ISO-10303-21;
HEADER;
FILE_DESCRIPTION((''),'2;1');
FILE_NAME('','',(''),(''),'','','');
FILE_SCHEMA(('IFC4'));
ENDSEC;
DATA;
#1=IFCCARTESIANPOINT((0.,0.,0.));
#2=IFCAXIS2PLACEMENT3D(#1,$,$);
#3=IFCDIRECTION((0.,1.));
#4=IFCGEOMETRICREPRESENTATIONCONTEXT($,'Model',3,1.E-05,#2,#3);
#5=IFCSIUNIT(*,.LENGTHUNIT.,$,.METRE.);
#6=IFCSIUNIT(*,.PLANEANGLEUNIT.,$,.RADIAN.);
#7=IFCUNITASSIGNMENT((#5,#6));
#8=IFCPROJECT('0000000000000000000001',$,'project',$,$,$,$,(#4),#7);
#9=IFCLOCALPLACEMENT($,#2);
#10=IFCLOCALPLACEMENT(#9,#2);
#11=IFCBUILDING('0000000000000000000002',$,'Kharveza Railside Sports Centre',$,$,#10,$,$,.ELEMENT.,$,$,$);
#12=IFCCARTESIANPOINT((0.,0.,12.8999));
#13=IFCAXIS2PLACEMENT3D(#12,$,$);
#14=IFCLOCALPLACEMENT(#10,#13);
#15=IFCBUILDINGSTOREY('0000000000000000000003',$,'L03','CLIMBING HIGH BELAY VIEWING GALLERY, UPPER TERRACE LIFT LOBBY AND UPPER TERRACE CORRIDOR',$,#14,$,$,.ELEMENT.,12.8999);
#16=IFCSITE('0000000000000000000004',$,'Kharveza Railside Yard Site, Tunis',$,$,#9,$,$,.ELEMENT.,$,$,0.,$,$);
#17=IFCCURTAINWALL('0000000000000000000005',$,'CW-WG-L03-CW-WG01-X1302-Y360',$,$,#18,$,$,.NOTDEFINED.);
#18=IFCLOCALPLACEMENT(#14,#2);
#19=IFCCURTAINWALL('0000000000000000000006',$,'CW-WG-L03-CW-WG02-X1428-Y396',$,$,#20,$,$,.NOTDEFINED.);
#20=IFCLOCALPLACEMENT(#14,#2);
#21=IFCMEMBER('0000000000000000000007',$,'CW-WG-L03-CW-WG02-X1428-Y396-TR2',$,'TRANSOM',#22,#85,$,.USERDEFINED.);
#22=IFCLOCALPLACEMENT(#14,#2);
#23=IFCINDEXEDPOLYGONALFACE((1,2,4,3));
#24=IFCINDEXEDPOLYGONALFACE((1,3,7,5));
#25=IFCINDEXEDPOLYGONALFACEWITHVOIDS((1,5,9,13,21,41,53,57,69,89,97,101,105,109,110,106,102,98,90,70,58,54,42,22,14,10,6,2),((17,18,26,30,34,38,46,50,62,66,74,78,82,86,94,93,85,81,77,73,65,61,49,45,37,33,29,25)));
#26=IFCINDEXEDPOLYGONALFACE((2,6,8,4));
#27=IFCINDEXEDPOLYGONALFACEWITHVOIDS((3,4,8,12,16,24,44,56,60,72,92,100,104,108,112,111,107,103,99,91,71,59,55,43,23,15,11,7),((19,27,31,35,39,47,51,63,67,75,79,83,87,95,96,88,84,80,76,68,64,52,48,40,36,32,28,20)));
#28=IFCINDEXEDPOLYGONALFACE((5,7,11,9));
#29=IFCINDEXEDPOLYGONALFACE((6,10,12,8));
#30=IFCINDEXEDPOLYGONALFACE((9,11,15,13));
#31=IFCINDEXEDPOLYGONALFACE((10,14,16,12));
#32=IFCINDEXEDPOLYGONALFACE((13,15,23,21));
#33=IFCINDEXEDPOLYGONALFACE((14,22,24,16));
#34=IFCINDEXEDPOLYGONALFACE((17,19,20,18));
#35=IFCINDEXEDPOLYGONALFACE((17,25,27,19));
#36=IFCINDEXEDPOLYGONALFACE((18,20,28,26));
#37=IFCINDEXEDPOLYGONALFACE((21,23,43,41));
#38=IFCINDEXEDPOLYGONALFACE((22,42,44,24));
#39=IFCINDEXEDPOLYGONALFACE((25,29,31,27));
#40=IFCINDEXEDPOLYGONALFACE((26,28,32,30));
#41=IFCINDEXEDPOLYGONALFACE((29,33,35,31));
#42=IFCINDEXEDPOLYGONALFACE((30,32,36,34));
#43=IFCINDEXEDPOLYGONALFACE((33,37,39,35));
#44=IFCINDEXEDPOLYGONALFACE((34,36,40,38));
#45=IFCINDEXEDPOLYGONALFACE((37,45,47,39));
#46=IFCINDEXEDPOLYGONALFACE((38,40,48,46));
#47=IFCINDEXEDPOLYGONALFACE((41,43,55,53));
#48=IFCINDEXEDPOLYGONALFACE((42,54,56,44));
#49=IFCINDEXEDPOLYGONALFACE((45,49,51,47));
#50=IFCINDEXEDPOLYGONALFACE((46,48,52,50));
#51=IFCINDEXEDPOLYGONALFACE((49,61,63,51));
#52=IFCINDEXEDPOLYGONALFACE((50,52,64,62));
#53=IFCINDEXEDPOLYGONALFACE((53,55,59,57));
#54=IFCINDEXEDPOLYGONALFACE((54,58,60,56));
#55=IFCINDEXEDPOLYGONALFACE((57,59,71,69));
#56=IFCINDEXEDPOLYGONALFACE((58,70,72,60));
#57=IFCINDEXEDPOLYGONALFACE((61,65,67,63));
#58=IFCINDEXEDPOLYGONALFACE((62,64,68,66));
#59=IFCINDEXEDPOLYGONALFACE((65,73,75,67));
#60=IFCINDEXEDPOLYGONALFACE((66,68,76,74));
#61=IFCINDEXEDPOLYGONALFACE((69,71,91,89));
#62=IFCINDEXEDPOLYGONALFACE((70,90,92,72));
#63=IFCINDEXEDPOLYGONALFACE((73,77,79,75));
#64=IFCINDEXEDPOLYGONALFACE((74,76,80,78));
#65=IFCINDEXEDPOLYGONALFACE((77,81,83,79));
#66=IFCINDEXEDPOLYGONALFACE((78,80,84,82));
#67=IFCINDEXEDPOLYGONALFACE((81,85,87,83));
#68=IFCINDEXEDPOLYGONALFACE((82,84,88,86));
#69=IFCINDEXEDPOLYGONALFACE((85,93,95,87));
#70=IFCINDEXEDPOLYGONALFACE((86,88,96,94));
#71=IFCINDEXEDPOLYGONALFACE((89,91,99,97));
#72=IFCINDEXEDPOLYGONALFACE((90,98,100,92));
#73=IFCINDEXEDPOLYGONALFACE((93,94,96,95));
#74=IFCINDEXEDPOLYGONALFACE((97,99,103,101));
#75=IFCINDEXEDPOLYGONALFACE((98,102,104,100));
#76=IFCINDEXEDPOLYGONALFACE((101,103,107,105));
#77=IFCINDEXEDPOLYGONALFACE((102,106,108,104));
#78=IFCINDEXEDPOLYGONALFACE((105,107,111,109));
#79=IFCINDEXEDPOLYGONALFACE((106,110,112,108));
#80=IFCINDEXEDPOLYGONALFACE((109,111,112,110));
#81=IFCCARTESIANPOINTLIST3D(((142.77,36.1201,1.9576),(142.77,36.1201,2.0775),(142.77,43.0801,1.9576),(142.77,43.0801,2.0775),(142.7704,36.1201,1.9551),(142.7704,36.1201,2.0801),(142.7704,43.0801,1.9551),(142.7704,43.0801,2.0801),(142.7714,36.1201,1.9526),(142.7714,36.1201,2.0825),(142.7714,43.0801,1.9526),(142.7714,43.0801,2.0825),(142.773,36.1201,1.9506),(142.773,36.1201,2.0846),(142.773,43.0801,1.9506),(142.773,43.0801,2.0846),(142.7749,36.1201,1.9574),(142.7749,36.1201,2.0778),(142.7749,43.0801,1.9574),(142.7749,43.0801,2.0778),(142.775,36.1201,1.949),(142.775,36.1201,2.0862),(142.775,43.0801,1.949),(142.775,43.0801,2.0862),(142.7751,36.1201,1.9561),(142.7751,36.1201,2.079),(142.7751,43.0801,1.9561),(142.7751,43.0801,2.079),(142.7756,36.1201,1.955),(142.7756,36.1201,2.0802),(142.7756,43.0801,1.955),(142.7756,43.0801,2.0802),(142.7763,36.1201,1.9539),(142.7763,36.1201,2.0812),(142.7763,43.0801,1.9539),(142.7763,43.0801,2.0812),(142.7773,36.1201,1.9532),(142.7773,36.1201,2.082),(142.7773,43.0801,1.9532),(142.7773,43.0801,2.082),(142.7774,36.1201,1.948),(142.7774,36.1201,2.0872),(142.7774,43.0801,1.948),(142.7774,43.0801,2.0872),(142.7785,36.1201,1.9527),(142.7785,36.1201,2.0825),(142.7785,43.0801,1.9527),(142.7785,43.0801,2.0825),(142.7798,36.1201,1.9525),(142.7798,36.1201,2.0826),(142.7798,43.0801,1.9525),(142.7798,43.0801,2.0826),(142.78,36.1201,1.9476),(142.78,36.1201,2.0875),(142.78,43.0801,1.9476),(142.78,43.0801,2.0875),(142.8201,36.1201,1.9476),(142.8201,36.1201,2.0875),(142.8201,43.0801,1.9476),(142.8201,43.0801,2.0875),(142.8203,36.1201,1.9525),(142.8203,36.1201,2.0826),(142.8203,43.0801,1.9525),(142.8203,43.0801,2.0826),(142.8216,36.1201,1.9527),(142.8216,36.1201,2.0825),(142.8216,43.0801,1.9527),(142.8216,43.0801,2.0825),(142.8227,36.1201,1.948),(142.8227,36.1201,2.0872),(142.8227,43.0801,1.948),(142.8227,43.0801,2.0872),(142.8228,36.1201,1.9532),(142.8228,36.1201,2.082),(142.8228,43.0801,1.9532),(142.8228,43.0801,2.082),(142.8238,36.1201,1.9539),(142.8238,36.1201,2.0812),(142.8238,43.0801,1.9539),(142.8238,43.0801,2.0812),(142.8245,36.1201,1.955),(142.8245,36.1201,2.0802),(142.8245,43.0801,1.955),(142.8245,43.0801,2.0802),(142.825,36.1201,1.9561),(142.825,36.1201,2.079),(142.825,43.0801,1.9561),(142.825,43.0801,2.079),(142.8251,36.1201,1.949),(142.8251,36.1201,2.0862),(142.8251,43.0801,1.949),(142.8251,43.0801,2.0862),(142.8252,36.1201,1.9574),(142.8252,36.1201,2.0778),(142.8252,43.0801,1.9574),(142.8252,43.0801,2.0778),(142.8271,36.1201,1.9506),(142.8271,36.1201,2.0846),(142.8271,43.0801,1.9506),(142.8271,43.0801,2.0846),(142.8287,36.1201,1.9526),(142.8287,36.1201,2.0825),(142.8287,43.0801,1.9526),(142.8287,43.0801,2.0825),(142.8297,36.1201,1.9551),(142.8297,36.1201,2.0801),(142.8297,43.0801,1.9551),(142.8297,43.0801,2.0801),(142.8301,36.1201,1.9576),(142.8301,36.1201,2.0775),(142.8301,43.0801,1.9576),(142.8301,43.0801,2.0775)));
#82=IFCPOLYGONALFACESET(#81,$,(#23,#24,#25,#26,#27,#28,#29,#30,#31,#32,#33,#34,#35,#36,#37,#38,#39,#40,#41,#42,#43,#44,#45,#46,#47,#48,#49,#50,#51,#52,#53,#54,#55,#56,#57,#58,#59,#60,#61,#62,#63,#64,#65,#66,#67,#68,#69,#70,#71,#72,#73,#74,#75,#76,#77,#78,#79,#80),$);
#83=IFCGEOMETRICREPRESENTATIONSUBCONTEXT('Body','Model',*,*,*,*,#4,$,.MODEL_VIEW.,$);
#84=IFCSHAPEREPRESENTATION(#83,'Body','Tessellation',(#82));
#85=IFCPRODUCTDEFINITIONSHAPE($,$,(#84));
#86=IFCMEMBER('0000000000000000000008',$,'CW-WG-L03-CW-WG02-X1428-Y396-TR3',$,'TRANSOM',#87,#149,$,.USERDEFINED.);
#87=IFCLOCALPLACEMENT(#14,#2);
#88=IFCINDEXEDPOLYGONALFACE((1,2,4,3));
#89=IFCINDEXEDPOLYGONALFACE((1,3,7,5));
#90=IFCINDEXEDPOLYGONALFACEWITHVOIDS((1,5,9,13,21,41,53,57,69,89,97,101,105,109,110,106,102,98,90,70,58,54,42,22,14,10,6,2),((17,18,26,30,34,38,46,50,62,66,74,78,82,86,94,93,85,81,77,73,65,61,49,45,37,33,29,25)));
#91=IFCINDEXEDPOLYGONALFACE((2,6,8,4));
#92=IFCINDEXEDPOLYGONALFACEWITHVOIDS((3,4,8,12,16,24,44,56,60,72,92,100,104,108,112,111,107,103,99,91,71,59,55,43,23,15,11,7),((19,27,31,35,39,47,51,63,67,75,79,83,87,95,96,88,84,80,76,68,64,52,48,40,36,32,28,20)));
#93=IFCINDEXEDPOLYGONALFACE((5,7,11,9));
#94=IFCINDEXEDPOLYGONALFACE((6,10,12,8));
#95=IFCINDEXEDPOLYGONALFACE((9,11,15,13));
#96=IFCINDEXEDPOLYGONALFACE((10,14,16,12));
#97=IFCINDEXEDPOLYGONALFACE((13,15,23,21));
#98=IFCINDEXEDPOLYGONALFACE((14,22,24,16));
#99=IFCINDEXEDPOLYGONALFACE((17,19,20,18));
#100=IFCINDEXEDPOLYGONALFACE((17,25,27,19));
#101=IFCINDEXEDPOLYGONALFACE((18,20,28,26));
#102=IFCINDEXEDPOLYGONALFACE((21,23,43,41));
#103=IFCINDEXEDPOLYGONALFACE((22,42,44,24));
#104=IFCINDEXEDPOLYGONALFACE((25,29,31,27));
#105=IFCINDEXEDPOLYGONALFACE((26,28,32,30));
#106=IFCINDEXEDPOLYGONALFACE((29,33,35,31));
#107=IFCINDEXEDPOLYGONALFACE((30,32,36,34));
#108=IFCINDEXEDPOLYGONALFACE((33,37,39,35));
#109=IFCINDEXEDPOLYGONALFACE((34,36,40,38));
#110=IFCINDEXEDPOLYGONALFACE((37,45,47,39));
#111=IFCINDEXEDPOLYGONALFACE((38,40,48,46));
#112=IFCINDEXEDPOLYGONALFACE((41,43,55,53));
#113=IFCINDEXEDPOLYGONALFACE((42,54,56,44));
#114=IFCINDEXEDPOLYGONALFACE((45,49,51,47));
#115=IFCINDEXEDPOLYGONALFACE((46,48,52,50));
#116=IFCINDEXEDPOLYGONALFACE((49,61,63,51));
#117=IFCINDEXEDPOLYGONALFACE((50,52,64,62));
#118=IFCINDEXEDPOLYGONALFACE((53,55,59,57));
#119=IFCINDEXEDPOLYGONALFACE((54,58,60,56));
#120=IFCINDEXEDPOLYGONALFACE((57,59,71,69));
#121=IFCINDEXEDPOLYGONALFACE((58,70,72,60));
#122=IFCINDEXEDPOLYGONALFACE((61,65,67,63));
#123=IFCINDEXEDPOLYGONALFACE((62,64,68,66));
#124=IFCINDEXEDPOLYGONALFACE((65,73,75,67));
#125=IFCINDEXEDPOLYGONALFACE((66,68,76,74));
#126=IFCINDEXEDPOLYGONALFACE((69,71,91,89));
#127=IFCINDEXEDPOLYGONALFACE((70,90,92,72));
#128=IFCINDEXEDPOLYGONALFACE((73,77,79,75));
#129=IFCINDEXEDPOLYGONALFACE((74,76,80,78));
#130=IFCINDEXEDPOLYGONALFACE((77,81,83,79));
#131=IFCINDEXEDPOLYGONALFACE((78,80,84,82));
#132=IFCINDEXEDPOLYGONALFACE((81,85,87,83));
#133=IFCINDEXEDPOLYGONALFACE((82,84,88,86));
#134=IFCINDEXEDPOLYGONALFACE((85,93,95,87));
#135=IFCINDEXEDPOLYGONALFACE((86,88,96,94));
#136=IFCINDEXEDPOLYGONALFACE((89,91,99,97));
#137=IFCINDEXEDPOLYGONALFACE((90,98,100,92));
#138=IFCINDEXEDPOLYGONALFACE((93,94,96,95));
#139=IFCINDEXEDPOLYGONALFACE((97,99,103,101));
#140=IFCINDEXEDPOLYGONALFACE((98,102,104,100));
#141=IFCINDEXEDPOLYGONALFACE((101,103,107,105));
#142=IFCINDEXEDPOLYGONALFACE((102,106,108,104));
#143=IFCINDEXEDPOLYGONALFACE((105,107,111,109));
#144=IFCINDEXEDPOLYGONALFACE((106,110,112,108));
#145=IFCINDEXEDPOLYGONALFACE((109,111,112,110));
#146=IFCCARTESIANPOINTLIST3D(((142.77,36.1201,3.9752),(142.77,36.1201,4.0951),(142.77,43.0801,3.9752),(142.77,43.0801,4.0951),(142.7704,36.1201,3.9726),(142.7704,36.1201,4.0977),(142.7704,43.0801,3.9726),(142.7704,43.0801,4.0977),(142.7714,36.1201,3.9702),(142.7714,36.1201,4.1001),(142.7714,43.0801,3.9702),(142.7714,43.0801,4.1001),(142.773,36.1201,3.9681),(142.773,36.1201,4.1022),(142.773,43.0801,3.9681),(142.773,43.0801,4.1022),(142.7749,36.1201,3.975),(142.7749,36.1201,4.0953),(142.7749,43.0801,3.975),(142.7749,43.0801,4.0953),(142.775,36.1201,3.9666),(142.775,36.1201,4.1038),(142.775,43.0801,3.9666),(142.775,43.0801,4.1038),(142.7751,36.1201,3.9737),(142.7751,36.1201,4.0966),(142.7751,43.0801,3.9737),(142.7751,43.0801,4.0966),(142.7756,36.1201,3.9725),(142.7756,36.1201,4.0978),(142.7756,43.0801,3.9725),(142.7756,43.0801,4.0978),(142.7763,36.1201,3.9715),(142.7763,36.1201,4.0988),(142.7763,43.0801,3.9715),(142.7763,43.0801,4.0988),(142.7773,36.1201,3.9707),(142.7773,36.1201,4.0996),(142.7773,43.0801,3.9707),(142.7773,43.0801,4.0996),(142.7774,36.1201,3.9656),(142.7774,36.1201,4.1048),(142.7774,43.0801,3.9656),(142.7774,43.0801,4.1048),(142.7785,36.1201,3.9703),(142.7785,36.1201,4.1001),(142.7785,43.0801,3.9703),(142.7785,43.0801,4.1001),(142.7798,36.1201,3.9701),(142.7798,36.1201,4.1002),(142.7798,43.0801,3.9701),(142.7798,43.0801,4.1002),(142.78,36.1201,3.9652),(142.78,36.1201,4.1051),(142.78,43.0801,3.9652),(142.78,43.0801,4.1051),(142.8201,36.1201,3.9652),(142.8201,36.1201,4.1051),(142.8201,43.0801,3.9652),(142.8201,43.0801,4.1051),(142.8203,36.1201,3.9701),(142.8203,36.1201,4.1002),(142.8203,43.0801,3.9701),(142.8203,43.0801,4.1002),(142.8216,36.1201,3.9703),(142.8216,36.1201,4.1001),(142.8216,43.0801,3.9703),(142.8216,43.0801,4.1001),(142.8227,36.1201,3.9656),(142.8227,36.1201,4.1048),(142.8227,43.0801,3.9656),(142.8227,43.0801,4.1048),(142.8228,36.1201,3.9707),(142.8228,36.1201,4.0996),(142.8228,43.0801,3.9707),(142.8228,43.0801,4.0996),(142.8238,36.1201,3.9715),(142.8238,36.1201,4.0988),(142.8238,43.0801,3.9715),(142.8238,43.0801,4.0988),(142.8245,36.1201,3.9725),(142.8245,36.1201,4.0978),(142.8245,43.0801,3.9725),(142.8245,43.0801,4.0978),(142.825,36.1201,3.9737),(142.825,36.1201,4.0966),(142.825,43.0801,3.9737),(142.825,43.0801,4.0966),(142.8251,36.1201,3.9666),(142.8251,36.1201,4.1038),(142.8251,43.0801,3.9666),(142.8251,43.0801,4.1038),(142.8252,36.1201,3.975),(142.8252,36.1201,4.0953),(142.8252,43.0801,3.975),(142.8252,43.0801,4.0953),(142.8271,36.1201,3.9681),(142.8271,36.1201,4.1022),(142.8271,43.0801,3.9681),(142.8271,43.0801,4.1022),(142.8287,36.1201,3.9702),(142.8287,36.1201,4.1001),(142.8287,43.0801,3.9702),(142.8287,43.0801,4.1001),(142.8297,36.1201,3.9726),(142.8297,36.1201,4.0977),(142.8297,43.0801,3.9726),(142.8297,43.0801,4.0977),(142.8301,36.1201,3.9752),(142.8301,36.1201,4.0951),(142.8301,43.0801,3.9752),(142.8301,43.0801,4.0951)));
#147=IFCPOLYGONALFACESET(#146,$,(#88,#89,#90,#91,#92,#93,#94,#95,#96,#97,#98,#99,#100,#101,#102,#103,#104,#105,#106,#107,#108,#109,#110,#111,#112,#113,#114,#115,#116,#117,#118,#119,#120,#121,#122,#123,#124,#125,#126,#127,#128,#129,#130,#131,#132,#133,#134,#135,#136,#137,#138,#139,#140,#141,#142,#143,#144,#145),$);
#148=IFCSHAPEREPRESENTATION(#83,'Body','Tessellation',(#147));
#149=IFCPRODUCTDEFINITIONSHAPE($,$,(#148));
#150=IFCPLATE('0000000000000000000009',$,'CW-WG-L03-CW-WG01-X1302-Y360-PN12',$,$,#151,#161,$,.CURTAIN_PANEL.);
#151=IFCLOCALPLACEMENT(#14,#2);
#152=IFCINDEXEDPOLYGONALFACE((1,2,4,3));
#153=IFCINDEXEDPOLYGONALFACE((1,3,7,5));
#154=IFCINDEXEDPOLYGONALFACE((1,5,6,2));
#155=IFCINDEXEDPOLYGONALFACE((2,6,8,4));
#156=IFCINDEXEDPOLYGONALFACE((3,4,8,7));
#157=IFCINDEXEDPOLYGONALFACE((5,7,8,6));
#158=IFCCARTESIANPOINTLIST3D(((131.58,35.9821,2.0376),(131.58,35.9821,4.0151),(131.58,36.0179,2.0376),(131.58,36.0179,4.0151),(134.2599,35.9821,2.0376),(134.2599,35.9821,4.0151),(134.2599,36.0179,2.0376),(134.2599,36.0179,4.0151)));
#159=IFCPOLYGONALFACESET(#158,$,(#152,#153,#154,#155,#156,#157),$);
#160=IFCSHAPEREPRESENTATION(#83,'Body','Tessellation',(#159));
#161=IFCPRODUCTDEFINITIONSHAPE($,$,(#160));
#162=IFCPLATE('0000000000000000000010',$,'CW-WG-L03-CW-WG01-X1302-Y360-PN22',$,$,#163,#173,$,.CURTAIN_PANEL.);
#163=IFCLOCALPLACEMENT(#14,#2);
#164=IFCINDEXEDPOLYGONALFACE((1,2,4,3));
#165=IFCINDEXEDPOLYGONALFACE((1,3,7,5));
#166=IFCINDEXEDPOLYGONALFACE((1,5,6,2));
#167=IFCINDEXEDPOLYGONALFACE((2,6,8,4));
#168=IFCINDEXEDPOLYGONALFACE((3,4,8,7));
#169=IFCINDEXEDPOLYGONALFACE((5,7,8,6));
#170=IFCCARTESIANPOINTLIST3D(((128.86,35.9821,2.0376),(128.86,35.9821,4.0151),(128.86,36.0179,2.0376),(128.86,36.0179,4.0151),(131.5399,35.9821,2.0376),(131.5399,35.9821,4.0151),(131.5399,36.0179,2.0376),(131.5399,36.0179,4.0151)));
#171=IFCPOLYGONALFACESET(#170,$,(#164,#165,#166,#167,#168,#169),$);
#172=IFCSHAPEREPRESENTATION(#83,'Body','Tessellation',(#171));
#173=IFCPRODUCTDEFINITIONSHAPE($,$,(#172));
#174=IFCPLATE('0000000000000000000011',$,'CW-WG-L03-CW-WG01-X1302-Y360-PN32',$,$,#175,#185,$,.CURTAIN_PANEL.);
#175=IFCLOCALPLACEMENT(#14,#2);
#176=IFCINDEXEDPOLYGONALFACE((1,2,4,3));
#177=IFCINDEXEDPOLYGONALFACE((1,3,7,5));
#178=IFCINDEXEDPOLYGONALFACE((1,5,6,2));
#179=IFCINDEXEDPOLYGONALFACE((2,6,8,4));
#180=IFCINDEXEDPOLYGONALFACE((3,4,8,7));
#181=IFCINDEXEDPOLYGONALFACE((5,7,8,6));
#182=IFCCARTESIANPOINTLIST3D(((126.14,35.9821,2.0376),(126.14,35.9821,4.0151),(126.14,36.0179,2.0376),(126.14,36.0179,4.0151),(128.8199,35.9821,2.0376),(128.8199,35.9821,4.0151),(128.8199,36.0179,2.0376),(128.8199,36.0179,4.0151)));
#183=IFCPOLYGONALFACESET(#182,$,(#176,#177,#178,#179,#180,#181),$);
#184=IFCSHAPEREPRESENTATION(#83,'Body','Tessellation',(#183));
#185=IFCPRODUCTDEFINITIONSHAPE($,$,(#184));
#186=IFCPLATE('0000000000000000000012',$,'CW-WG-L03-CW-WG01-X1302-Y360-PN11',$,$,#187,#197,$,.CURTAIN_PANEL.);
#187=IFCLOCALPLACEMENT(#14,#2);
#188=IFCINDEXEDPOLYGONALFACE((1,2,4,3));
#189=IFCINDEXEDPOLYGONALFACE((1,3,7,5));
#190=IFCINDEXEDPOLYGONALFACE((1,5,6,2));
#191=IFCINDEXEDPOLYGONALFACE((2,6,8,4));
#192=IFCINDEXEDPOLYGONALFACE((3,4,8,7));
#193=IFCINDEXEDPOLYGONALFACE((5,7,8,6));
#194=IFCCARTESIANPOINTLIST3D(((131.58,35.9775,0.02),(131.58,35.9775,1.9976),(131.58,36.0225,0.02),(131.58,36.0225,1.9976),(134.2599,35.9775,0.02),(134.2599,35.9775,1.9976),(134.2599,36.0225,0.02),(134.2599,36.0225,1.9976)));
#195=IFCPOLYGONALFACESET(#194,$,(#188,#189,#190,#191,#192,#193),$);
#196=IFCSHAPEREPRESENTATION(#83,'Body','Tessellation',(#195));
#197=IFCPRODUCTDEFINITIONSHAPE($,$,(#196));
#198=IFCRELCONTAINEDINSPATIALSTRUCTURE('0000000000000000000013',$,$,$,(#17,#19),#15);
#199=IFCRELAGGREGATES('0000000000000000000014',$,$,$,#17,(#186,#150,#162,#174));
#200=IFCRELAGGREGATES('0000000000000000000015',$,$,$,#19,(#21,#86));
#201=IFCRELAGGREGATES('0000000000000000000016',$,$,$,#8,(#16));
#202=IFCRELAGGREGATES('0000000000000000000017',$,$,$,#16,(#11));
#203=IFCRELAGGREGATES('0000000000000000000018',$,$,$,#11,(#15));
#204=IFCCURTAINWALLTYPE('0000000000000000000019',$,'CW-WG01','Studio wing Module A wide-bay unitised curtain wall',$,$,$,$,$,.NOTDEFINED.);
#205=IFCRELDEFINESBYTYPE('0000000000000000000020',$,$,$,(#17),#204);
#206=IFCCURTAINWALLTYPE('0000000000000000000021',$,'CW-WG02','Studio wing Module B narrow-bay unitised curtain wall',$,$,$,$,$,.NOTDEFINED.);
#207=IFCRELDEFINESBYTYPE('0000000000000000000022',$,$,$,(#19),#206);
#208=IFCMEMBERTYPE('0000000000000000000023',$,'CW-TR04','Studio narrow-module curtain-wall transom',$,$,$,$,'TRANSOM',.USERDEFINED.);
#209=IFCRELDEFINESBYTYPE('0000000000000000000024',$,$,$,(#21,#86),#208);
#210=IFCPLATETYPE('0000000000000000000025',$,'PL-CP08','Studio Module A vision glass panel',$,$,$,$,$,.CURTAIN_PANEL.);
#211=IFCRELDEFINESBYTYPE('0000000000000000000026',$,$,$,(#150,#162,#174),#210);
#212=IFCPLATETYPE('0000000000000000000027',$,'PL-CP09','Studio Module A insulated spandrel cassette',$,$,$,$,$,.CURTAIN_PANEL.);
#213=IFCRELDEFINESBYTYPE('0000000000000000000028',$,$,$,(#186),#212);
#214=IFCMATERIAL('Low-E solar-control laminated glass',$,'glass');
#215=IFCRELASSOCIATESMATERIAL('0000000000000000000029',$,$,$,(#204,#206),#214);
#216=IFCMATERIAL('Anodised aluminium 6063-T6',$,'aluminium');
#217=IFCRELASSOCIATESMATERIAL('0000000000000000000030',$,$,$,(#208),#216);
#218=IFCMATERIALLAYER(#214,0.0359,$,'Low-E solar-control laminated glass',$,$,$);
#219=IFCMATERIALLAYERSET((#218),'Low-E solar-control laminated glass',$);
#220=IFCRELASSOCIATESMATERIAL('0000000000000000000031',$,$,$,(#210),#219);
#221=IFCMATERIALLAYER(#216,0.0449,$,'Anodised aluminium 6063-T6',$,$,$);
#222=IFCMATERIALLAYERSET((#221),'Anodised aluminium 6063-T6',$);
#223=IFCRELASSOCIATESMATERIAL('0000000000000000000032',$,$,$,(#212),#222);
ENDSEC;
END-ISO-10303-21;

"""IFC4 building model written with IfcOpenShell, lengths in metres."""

from ifc_helpers import new_model, si_unit, direction, frame, origin, origin_2d, place, context, subcontext, project, spatial, rectangle, hollow_rectangle, extrude, material, layer, layer_set, material_profile, profile_set, type_object, element, aggregate, save


model = new_model("IFC4")

# Units and contexts
model_context = context("Model", 3, precision=1e-05, world=origin(), true_north=direction((0.0, 1.0)))
body_context = subcontext(model_context, "Body", "Model", "MODEL_VIEW")
ifc_project = project(units=[si_unit("LENGTHUNIT", "METRE"), si_unit("PLANEANGLEUNIT", "RADIAN")], contexts=[model_context])

# Site, building, storey
site_placement = place(None, origin())
site = spatial("IfcSite", under=ifc_project, at=site_placement, Name="Kharveza Railside Yard Site, Tunis", CompositionType="ELEMENT", RefElevation=0.0)
building_placement = place(site_placement, origin())
building = spatial("IfcBuilding", under=site, at=building_placement, Name="Kharveza Railside Sports Centre", CompositionType="ELEMENT")
storey_placement = place(building_placement, frame((0.0, 0.0, 12.8999)))
storey = spatial("IfcBuildingStorey", under=building, at=storey_placement, Name="L03", Description="CLIMBING HIGH BELAY VIEWING GALLERY, UPPER TERRACE LIFT LOBBY AND UPPER TERRACE CORRIDOR", CompositionType="ELEMENT", Elevation=12.8999)

# Curtain walls
ifc_material_1 = material(Name="Low-E solar-control laminated glass", Category="glass")
curtain_wall_type_1 = type_object("IfcCurtainWallType", Name="CW-WG01", Description="Studio wing Module A wide-bay unitised curtain wall", PredefinedType="NOTDEFINED", material=ifc_material_1)
curtain_wall_1_placement = place(storey_placement, origin())
curtain_wall_1 = element("IfcCurtainWall", 1, at=curtain_wall_1_placement, inside=storey, type_object=curtain_wall_type_1, Name="CW-WG-L03-CW-WG01-X1302-Y360", PredefinedType="NOTDEFINED")
ifc_material_2 = material(Name="Anodised aluminium 6063-T6", Category="aluminium")
curtain_wall_type_2 = type_object("IfcCurtainWallType", Name="CW-WG02", Description="Studio wing Module B narrow-bay unitised curtain wall", PredefinedType="NOTDEFINED", material=ifc_material_1)
curtain_wall_2_placement = place(storey_placement, origin())
curtain_wall_2 = element("IfcCurtainWall", 2, at=curtain_wall_2_placement, inside=storey, type_object=curtain_wall_type_2, Name="CW-WG-L03-CW-WG02-X1428-Y396", PredefinedType="NOTDEFINED")

# Members
ifc_material_profile_1 = material_profile(ifc_material_2, hollow_rectangle(XDim=0.0601, YDim=0.1399, WallThickness=0.0049, InnerFilletRadius=0.0049, OuterFilletRadius=0.01, at=origin_2d()), Name="RHS 60x140x5.0")
ifc_profile_set_1 = profile_set([ifc_material_profile_1], Name="Anodised aluminium 6063-T6")
member_type_1 = type_object("IfcMemberType", Name="CW-TR04", Description="Studio narrow-module curtain-wall transom", ElementType="TRANSOM", PredefinedType="USERDEFINED", material=ifc_profile_set_1)
member_1_placement = place(storey_placement, frame((142.8, 43.0801, 2.0176), z_axis=(0.0, -1.0, 0.0), x_axis=(1.0, 0.0, 0.0)))
member_1 = element("IfcMember", 3, at=member_1_placement, type_object=member_type_1, Name="CW-WG-L03-CW-WG02-X1428-Y396-TR2", ObjectType="TRANSOM", PredefinedType="USERDEFINED", context=body_context, shape_type="SweptSolid", body=[
    extrude(hollow_rectangle(XDim=0.0601, YDim=0.1399, WallThickness=0.0049, InnerFilletRadius=0.0049, OuterFilletRadius=0.01, at=origin_2d()), origin(), (0.0, 0.0, 1.0), 6.96),
])
member_2_placement = place(storey_placement, frame((142.8, 43.0801, 4.0352), z_axis=(0.0, -1.0, 0.0), x_axis=(1.0, 0.0, 0.0)))
member_2 = element("IfcMember", 4, at=member_2_placement, type_object=member_type_1, Name="CW-WG-L03-CW-WG02-X1428-Y396-TR3", ObjectType="TRANSOM", PredefinedType="USERDEFINED", context=body_context, shape_type="SweptSolid", body=[
    extrude(hollow_rectangle(XDim=0.0601, YDim=0.1399, WallThickness=0.0049, InnerFilletRadius=0.0049, OuterFilletRadius=0.01, at=origin_2d()), origin(), (0.0, 0.0, 1.0), 6.96),
])

# Plates
ifc_layer_1 = layer(ifc_material_1, 0.0359, Name="Low-E solar-control laminated glass")
ifc_layer_set_1 = layer_set([ifc_layer_1], Name="Low-E solar-control laminated glass")
plate_type_1 = type_object("IfcPlateType", Name="PL-CP08", Description="Studio Module A vision glass panel", PredefinedType="CURTAIN_PANEL", material=ifc_layer_set_1)
plate_1_placement = place(storey_placement, frame((132.9199, 36.0, 2.0376), z_axis=(0.0, 0.0, 1.0), x_axis=(-1.0, 0.0, 0.0)))
plate_1 = element("IfcPlate", 5, at=plate_1_placement, type_object=plate_type_1, Name="CW-WG-L03-CW-WG01-X1302-Y360-PN12", PredefinedType="CURTAIN_PANEL", context=body_context, shape_type="SweptSolid", body=[
    extrude(rectangle(XDim=2.6799, YDim=0.0359, at=origin_2d()), origin(), (0.0, 0.0, 1.0), 1.9775),
])
plate_2_placement = place(storey_placement, frame((130.2, 36.0, 2.0376), z_axis=(0.0, 0.0, 1.0), x_axis=(-1.0, 0.0, 0.0)))
plate_2 = element("IfcPlate", 6, at=plate_2_placement, type_object=plate_type_1, Name="CW-WG-L03-CW-WG01-X1302-Y360-PN22", PredefinedType="CURTAIN_PANEL", context=body_context, shape_type="SweptSolid", body=[
    extrude(rectangle(XDim=2.6799, YDim=0.0359, at=origin_2d()), origin(), (0.0, 0.0, 1.0), 1.9775),
])
plate_3_placement = place(storey_placement, frame((127.48, 36.0, 2.0376), z_axis=(0.0, 0.0, 1.0), x_axis=(-1.0, 0.0, 0.0)))
plate_3 = element("IfcPlate", 7, at=plate_3_placement, type_object=plate_type_1, Name="CW-WG-L03-CW-WG01-X1302-Y360-PN32", PredefinedType="CURTAIN_PANEL", context=body_context, shape_type="SweptSolid", body=[
    extrude(rectangle(XDim=2.6799, YDim=0.0359, at=origin_2d()), origin(), (0.0, 0.0, 1.0), 1.9775),
])
ifc_layer_2 = layer(ifc_material_2, 0.0449, Name="Anodised aluminium 6063-T6")
ifc_layer_set_2 = layer_set([ifc_layer_2], Name="Anodised aluminium 6063-T6")
plate_type_2 = type_object("IfcPlateType", Name="PL-CP09", Description="Studio Module A insulated spandrel cassette", PredefinedType="CURTAIN_PANEL", material=ifc_layer_set_2)
plate_4_placement = place(storey_placement, frame((132.9199, 36.0, 0.02), z_axis=(0.0, 0.0, 1.0), x_axis=(-1.0, 0.0, 0.0)))
plate_4 = element("IfcPlate", 8, at=plate_4_placement, type_object=plate_type_2, Name="CW-WG-L03-CW-WG01-X1302-Y360-PN11", PredefinedType="CURTAIN_PANEL", context=body_context, shape_type="SweptSolid", body=[
    extrude(rectangle(XDim=2.6799, YDim=0.0449, at=origin_2d()), origin(), (0.0, 0.0, 1.0), 1.9775),
])
aggregate(curtain_wall_1, [plate_4, plate_1, plate_2, plate_3])
aggregate(curtain_wall_2, [member_1, member_2])

save(model, "model.ifc")
